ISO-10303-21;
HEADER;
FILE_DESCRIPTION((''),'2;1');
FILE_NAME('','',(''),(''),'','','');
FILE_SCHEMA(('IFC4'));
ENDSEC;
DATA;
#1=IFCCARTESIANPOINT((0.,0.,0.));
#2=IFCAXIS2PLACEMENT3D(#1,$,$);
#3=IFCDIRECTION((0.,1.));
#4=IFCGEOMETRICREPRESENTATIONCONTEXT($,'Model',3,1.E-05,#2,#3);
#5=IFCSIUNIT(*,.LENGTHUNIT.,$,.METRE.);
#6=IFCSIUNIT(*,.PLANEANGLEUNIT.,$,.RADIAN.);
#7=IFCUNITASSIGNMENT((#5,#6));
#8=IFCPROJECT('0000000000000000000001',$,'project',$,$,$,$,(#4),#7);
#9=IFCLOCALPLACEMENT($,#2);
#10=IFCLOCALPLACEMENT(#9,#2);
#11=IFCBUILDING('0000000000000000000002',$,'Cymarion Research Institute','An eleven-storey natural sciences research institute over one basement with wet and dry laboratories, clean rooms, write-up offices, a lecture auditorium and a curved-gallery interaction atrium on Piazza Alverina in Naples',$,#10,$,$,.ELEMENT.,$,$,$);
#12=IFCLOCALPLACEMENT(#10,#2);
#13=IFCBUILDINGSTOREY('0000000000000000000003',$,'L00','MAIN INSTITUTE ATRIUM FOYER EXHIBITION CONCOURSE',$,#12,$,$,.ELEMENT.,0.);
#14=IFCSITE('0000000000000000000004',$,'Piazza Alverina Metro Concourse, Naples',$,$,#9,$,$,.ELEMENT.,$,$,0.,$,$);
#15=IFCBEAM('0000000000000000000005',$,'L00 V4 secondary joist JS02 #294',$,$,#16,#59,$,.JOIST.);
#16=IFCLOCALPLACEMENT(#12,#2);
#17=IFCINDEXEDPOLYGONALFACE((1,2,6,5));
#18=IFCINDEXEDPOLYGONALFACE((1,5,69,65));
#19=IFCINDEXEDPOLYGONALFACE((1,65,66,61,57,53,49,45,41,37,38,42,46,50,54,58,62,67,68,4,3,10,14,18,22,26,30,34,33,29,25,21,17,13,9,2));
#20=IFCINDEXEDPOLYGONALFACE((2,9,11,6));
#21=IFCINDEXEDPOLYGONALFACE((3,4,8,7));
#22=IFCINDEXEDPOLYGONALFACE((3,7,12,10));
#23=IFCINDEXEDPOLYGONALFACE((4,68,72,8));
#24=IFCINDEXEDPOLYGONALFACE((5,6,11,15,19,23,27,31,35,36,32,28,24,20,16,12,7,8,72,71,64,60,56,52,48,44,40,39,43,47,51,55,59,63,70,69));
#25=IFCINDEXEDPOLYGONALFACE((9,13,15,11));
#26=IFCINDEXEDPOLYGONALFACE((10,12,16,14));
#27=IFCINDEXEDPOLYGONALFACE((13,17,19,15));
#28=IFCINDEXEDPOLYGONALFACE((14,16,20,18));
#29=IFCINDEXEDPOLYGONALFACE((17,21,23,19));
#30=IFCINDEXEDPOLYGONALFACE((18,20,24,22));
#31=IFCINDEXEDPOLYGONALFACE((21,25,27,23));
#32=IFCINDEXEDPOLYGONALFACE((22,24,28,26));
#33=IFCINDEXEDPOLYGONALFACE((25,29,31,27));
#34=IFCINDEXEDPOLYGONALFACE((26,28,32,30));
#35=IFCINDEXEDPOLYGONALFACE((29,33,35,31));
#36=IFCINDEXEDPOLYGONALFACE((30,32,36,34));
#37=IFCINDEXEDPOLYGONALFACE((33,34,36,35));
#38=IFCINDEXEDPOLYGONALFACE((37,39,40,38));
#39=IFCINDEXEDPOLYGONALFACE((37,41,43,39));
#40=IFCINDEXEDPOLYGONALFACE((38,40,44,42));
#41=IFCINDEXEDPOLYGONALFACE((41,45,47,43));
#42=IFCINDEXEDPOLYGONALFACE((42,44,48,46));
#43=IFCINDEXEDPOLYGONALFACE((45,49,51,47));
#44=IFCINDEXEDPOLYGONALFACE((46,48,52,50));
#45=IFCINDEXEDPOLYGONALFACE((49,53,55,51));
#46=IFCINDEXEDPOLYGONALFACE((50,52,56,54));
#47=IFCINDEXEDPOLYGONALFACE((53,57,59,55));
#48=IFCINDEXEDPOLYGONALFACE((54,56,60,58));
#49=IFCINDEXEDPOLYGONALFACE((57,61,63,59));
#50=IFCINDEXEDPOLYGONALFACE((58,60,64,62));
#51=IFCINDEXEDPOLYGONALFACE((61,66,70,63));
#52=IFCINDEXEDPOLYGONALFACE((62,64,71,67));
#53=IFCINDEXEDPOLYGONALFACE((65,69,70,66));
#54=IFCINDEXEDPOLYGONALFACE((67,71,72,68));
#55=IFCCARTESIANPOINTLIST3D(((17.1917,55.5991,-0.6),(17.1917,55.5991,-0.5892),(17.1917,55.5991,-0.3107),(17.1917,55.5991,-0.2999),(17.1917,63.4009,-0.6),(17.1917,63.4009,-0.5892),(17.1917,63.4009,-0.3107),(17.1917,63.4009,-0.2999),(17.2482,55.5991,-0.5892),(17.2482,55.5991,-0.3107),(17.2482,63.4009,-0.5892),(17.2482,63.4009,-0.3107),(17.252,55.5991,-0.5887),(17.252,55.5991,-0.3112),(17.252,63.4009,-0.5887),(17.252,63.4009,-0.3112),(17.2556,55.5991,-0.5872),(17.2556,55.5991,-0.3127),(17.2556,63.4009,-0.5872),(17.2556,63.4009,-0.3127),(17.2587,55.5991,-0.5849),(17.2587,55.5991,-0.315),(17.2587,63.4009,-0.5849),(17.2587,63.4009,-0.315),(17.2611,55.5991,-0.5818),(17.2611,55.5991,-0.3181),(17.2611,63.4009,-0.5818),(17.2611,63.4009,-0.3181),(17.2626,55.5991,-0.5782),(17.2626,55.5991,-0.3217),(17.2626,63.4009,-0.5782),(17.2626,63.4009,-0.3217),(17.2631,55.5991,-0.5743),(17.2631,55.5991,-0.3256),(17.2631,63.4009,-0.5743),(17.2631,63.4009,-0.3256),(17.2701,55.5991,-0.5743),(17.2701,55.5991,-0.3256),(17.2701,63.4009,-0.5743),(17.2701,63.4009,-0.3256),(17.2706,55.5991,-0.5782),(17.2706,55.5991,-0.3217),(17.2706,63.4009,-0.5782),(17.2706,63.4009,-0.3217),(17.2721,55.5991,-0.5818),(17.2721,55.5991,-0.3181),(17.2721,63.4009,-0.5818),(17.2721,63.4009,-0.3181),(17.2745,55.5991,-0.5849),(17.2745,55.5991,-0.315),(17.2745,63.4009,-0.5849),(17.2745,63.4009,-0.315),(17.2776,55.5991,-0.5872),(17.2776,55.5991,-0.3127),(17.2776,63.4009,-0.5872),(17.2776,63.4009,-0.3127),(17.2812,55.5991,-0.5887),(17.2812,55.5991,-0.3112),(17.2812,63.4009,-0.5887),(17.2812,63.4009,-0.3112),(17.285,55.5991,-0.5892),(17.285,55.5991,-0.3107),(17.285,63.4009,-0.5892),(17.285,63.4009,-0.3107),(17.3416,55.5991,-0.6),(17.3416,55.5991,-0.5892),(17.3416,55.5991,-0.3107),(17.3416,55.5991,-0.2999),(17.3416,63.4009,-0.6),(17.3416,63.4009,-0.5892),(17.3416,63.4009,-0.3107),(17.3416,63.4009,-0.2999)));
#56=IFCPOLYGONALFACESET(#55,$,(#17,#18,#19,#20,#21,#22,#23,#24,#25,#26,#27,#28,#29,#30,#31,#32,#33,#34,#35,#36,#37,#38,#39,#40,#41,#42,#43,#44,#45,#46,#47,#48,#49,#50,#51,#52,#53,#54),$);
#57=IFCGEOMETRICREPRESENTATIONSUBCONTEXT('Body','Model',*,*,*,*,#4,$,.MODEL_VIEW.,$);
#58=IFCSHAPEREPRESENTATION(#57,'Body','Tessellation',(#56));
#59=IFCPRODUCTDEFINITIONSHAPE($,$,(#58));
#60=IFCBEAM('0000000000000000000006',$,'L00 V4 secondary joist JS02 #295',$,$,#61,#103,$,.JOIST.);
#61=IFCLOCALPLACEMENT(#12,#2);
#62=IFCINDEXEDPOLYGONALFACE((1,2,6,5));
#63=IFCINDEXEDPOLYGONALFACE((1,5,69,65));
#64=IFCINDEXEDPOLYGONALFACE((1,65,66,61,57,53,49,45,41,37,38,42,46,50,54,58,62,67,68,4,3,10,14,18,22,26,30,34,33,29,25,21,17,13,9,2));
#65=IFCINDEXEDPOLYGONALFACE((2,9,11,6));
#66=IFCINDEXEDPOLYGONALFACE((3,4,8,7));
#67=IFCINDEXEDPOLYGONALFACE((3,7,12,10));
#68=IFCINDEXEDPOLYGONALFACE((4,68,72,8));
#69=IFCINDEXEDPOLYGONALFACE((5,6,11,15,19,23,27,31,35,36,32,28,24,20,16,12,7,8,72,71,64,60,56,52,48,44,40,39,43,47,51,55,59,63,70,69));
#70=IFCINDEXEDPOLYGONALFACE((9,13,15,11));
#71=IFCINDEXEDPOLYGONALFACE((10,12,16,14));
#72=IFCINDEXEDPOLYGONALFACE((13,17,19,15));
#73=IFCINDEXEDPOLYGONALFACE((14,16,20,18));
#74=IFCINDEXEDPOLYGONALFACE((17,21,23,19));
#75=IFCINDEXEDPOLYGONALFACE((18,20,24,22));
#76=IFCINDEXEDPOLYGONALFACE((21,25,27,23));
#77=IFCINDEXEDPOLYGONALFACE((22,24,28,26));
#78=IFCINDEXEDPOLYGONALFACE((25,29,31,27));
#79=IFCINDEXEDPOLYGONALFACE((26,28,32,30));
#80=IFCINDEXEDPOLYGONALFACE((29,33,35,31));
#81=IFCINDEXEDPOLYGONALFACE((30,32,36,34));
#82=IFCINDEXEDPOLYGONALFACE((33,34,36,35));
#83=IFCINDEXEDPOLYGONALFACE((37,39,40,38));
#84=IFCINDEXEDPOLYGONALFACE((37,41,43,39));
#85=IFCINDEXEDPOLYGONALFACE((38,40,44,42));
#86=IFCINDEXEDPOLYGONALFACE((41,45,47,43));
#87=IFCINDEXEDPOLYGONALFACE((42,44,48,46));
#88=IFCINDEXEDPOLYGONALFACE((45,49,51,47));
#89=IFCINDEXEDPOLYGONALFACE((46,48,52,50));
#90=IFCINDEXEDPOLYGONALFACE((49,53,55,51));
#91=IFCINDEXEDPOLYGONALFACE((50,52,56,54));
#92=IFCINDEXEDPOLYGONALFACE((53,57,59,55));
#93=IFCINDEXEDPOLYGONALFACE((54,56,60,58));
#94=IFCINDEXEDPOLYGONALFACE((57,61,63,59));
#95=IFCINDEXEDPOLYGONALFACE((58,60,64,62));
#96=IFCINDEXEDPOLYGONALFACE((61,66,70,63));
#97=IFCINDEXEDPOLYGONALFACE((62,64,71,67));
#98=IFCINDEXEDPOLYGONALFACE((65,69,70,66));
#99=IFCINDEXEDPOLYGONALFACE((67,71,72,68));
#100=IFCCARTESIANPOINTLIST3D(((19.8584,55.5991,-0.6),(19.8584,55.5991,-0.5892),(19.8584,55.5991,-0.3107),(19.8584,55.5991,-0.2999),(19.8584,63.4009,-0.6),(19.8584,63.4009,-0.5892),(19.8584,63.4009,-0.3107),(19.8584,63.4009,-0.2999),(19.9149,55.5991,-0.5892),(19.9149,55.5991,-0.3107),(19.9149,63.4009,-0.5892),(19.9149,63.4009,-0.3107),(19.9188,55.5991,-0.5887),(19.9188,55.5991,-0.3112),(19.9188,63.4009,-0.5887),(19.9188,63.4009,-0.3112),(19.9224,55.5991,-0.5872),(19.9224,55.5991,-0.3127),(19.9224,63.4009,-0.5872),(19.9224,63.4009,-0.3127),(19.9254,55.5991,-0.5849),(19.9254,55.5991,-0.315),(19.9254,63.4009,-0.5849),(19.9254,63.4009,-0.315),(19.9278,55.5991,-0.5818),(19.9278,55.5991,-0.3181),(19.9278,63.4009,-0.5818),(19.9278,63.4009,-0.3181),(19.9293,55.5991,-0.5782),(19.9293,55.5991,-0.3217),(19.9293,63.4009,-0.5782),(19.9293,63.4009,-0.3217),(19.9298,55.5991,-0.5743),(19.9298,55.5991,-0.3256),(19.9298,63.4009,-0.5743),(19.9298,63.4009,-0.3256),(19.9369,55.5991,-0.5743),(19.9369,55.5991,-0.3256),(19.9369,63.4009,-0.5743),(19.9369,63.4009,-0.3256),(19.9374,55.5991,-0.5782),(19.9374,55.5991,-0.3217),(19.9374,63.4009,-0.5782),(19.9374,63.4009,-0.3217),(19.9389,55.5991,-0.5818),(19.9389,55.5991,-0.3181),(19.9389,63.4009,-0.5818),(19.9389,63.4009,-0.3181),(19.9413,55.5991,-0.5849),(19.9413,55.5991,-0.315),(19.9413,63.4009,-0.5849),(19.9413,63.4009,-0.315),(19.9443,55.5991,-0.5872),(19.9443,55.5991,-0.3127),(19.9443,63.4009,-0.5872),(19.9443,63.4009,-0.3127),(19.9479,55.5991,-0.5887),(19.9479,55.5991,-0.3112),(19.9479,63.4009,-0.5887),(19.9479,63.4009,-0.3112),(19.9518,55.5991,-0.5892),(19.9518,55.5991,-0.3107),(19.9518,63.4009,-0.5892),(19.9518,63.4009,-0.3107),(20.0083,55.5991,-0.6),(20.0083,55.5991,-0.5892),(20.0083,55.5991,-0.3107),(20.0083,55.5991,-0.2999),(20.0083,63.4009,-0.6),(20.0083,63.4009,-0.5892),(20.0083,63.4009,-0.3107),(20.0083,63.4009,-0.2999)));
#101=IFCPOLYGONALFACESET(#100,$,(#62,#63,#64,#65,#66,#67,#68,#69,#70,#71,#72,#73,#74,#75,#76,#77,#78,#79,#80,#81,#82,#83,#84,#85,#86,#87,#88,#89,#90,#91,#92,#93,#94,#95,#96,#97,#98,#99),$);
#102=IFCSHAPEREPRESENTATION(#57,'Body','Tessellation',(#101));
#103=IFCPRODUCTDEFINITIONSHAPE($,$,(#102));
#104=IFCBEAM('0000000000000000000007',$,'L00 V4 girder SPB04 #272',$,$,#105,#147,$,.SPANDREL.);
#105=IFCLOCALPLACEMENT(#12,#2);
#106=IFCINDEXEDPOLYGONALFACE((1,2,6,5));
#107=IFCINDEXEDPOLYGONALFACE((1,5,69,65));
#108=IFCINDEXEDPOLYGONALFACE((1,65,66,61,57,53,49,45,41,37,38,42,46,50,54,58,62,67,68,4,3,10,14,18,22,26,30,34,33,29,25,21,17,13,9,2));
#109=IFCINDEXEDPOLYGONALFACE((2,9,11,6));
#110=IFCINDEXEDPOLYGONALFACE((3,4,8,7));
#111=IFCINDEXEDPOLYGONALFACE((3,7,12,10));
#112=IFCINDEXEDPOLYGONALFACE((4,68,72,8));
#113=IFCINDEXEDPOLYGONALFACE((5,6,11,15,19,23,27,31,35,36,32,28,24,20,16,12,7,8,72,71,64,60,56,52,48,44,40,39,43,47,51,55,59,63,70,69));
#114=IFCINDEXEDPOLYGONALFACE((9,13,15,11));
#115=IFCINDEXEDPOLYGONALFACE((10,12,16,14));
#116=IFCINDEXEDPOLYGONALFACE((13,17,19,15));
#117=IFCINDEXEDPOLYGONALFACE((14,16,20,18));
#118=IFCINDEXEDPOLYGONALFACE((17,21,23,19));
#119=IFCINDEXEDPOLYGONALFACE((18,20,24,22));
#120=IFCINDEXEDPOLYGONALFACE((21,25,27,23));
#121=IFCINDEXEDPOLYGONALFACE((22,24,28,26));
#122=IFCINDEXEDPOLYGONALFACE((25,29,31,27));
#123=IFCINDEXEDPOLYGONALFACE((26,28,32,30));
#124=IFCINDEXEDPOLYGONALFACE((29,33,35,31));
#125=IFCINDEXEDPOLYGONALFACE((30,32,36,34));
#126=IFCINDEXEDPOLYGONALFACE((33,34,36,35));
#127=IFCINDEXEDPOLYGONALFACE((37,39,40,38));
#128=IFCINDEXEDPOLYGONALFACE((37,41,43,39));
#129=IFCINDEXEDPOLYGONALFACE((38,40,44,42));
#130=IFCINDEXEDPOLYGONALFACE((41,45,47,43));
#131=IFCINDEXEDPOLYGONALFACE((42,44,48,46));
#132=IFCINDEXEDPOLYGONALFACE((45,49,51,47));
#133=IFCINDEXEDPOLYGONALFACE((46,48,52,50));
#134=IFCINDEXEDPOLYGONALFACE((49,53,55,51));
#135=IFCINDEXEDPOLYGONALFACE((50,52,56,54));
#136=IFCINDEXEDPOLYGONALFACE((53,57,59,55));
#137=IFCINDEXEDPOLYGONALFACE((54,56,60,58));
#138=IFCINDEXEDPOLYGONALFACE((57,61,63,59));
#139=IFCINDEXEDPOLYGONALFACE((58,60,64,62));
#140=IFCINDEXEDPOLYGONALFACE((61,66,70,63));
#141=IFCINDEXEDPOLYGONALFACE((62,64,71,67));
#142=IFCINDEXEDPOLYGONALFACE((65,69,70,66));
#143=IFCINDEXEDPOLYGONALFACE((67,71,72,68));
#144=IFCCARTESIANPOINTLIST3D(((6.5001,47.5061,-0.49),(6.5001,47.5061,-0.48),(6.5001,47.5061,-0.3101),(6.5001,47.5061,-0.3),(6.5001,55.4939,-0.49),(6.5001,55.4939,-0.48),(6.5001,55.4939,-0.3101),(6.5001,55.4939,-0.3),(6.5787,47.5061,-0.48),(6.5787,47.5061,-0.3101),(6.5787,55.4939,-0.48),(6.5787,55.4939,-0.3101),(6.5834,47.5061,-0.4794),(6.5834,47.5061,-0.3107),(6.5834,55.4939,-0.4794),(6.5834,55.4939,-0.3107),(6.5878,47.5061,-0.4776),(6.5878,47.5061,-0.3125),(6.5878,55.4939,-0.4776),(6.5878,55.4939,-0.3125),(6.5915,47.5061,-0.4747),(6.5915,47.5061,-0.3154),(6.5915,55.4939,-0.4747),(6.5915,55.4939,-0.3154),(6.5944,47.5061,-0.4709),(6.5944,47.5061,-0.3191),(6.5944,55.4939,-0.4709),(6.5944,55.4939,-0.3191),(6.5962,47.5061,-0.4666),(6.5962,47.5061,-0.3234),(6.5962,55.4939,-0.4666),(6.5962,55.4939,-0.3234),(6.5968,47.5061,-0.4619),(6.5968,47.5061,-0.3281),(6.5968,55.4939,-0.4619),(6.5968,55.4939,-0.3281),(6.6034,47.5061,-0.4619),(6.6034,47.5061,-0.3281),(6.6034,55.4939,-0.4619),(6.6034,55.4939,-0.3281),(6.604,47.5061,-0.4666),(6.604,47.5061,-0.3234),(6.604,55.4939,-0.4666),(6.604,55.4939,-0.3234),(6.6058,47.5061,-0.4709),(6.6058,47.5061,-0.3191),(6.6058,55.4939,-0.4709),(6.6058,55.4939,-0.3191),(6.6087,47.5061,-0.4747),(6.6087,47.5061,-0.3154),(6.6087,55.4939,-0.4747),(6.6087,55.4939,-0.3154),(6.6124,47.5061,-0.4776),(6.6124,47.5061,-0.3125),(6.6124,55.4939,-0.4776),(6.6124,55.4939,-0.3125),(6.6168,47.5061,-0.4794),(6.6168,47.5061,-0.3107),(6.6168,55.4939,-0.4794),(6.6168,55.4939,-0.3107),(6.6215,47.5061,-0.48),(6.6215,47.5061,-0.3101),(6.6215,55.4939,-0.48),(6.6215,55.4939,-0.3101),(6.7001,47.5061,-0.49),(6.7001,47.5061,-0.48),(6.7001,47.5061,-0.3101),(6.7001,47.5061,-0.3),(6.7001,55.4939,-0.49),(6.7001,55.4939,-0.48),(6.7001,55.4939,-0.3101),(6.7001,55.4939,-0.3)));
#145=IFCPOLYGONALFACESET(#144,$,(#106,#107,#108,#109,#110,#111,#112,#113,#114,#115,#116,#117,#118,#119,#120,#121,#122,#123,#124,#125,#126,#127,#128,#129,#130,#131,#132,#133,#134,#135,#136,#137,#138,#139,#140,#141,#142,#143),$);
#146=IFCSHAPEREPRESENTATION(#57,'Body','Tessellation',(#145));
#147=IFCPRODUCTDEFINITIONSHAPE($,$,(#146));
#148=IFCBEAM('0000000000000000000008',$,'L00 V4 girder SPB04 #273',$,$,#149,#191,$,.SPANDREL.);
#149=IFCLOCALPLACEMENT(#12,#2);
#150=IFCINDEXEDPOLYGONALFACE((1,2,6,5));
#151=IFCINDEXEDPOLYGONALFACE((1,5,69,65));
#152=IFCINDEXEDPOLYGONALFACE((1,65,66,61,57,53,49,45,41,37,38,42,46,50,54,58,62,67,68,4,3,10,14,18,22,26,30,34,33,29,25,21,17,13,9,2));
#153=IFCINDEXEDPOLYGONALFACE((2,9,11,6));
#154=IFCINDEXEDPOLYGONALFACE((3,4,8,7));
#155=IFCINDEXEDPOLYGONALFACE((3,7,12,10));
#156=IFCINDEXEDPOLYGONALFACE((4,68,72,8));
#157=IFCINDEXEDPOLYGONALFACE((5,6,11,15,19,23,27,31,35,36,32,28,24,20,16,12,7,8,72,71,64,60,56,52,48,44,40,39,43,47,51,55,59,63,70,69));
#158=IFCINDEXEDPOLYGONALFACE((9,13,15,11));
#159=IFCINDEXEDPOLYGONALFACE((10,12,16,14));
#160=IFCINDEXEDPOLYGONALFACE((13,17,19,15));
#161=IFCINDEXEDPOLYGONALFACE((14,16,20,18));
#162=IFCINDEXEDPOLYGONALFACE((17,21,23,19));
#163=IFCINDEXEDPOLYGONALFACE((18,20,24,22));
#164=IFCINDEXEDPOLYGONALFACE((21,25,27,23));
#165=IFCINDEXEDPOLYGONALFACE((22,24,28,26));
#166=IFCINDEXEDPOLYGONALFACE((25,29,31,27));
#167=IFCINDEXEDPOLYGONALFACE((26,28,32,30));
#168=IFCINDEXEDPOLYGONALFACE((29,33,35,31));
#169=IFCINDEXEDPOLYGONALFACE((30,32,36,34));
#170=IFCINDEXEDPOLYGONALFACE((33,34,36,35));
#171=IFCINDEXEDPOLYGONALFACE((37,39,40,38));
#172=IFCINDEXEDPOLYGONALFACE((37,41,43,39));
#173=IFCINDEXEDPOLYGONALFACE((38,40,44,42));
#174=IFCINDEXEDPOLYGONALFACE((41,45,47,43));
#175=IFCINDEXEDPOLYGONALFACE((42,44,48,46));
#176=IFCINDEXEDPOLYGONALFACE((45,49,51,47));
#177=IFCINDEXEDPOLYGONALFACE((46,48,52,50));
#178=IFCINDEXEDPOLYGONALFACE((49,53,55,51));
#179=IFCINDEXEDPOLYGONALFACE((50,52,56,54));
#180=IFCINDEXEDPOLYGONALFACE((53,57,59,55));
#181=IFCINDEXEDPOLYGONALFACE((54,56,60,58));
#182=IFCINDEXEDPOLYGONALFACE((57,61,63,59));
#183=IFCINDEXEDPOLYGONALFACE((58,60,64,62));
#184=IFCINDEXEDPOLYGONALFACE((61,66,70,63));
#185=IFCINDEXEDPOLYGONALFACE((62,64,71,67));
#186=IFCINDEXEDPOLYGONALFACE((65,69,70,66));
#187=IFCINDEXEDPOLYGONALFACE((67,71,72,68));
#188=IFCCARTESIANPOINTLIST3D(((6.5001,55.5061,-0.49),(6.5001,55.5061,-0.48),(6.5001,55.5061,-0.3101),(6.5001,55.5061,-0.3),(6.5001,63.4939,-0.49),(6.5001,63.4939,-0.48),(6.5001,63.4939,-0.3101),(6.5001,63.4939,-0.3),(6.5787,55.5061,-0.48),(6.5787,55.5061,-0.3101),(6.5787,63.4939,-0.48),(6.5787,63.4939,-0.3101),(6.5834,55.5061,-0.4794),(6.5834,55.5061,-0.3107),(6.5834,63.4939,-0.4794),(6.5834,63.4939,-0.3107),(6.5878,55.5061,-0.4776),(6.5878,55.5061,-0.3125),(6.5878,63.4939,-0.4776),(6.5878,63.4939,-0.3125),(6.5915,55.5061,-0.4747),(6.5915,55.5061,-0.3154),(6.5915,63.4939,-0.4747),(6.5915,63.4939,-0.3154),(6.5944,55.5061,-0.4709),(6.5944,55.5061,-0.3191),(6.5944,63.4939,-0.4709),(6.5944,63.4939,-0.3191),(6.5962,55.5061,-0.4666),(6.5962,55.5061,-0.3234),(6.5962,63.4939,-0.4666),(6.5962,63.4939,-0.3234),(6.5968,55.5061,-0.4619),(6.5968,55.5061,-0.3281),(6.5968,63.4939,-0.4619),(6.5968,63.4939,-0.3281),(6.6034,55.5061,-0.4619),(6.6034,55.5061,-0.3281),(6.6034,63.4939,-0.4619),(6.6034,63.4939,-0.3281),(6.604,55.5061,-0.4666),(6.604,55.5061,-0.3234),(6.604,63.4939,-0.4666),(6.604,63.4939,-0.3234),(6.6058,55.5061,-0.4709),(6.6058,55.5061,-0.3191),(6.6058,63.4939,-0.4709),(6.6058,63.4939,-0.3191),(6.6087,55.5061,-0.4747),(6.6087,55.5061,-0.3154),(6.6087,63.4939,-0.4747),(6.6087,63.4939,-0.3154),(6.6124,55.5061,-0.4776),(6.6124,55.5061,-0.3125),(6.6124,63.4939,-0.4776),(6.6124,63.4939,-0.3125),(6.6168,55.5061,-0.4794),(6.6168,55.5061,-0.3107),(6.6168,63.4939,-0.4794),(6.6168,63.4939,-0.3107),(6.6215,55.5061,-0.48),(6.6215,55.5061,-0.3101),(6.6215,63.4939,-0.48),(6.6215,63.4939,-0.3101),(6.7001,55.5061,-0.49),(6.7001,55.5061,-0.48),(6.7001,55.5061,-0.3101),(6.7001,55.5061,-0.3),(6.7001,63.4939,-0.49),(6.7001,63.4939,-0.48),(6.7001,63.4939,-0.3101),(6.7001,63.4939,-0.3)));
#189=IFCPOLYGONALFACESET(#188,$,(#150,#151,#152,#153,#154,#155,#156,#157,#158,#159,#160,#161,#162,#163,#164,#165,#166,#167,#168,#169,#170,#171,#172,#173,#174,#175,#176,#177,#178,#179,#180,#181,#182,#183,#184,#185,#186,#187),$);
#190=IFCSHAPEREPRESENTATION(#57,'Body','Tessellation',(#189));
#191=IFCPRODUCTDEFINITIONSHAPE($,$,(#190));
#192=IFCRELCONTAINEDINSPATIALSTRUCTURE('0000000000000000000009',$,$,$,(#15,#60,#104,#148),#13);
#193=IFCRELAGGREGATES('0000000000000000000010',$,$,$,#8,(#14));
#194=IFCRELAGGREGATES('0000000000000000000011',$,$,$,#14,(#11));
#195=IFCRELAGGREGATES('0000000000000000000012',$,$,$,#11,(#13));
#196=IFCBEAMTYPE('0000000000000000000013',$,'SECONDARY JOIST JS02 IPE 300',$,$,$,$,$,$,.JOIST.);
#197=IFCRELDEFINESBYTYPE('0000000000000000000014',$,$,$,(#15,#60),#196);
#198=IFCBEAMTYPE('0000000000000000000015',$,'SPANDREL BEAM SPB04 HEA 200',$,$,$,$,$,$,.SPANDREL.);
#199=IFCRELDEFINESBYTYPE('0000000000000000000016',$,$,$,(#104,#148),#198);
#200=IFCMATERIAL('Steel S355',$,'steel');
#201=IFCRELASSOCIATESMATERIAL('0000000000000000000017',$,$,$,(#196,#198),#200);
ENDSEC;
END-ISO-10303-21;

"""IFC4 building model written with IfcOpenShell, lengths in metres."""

from ifc_helpers import new_model, si_unit, direction, frame, origin, origin_2d, place, context, subcontext, project, spatial, i_section, extrude, material, material_profile, profile_set, type_object, element, save


model = new_model("IFC4")

# Units and contexts
model_context = context("Model", 3, precision=1e-05, world=origin(), true_north=direction((0.0, 1.0)))
body_context = subcontext(model_context, "Body", "Model", "MODEL_VIEW")
ifc_project = project(units=[si_unit("LENGTHUNIT", "METRE"), si_unit("PLANEANGLEUNIT", "RADIAN")], contexts=[model_context])

# Site, building, storey
site_placement = place(None, origin())
site = spatial("IfcSite", under=ifc_project, at=site_placement, Name="Piazza Alverina Metro Concourse, Naples", CompositionType="ELEMENT", RefElevation=0.0)
building_placement = place(site_placement, origin())
building = spatial("IfcBuilding", under=site, at=building_placement, Name="Cymarion Research Institute", Description="An eleven-storey natural sciences research institute over one basement with wet and dry laboratories, clean rooms, write-up offices, a lecture auditorium and a curved-gallery interaction atrium on Piazza Alverina in Naples", CompositionType="ELEMENT")
storey_placement = place(building_placement, origin())
storey = spatial("IfcBuildingStorey", under=building, at=storey_placement, Name="L00", Description="MAIN INSTITUTE ATRIUM FOYER EXHIBITION CONCOURSE", CompositionType="ELEMENT", Elevation=0.0)

# Shared definitions
ifc_material_1 = material(Name="Steel S355", Category="steel")

# Beams
ifc_material_profile_1 = material_profile(ifc_material_1, i_section(OverallWidth=0.1499, OverallDepth=0.3, WebThickness=0.0071, FlangeThickness=0.0107, FilletRadius=0.0149, at=origin_2d()), Name="IPE 300")
ifc_profile_set_1 = profile_set([ifc_material_profile_1], Name="Steel S355")
beam_type_1 = type_object("IfcBeamType", Name="SECONDARY JOIST JS02 IPE 300", PredefinedType="JOIST", material=ifc_profile_set_1)
for number, where, z_axis, x_axis, name in (
    (1, (17.2666, 55.5991, -0.45), (0.0, 1.0, 0.0), (-1.0, 0.0, 0.0), "L00 V4 secondary joist JS02 #294"),
    (2, (19.9333, 55.5991, -0.45), (0.0, 1.0, 0.0), (-1.0, 0.0, 0.0), "L00 V4 secondary joist JS02 #295"),
):
    element("IfcBeam", number, at=place(storey_placement, frame(where, z_axis=z_axis, x_axis=x_axis)), inside=storey, type_object=beam_type_1, Name=name, PredefinedType="JOIST", context=body_context, shape_type="SweptSolid", body=[
        extrude(i_section(OverallWidth=0.1499, OverallDepth=0.3, WebThickness=0.0071, FlangeThickness=0.0107, FilletRadius=0.0149, at=origin_2d()), origin(), (0.0, 0.0, 1.0), 7.8018),
    ])
ifc_material_profile_2 = material_profile(ifc_material_1, i_section(OverallWidth=0.2, OverallDepth=0.1899, WebThickness=0.0066, FlangeThickness=0.01, FilletRadius=0.0181, at=origin_2d()), Name="HEA 200")
ifc_profile_set_2 = profile_set([ifc_material_profile_2], Name="Steel S355")
beam_type_2 = type_object("IfcBeamType", Name="SPANDREL BEAM SPB04 HEA 200", PredefinedType="SPANDREL", material=ifc_profile_set_2)
for number, where, z_axis, x_axis, name in (
    (3, (6.6001, 47.5061, -0.395), (0.0, 1.0, 0.0), (-1.0, 0.0, 0.0), "L00 V4 girder SPB04 #272"),
    (4, (6.6001, 55.5061, -0.395), (0.0, 1.0, 0.0), (-1.0, 0.0, 0.0), "L00 V4 girder SPB04 #273"),
):
    element("IfcBeam", number, at=place(storey_placement, frame(where, z_axis=z_axis, x_axis=x_axis)), inside=storey, type_object=beam_type_2, Name=name, PredefinedType="SPANDREL", context=body_context, shape_type="SweptSolid", body=[
        extrude(i_section(OverallWidth=0.2, OverallDepth=0.1899, WebThickness=0.0066, FlangeThickness=0.01, FilletRadius=0.0181, at=origin_2d()), origin(), (0.0, 0.0, 1.0), 7.9878),
    ])

save(model, "model.ifc")
